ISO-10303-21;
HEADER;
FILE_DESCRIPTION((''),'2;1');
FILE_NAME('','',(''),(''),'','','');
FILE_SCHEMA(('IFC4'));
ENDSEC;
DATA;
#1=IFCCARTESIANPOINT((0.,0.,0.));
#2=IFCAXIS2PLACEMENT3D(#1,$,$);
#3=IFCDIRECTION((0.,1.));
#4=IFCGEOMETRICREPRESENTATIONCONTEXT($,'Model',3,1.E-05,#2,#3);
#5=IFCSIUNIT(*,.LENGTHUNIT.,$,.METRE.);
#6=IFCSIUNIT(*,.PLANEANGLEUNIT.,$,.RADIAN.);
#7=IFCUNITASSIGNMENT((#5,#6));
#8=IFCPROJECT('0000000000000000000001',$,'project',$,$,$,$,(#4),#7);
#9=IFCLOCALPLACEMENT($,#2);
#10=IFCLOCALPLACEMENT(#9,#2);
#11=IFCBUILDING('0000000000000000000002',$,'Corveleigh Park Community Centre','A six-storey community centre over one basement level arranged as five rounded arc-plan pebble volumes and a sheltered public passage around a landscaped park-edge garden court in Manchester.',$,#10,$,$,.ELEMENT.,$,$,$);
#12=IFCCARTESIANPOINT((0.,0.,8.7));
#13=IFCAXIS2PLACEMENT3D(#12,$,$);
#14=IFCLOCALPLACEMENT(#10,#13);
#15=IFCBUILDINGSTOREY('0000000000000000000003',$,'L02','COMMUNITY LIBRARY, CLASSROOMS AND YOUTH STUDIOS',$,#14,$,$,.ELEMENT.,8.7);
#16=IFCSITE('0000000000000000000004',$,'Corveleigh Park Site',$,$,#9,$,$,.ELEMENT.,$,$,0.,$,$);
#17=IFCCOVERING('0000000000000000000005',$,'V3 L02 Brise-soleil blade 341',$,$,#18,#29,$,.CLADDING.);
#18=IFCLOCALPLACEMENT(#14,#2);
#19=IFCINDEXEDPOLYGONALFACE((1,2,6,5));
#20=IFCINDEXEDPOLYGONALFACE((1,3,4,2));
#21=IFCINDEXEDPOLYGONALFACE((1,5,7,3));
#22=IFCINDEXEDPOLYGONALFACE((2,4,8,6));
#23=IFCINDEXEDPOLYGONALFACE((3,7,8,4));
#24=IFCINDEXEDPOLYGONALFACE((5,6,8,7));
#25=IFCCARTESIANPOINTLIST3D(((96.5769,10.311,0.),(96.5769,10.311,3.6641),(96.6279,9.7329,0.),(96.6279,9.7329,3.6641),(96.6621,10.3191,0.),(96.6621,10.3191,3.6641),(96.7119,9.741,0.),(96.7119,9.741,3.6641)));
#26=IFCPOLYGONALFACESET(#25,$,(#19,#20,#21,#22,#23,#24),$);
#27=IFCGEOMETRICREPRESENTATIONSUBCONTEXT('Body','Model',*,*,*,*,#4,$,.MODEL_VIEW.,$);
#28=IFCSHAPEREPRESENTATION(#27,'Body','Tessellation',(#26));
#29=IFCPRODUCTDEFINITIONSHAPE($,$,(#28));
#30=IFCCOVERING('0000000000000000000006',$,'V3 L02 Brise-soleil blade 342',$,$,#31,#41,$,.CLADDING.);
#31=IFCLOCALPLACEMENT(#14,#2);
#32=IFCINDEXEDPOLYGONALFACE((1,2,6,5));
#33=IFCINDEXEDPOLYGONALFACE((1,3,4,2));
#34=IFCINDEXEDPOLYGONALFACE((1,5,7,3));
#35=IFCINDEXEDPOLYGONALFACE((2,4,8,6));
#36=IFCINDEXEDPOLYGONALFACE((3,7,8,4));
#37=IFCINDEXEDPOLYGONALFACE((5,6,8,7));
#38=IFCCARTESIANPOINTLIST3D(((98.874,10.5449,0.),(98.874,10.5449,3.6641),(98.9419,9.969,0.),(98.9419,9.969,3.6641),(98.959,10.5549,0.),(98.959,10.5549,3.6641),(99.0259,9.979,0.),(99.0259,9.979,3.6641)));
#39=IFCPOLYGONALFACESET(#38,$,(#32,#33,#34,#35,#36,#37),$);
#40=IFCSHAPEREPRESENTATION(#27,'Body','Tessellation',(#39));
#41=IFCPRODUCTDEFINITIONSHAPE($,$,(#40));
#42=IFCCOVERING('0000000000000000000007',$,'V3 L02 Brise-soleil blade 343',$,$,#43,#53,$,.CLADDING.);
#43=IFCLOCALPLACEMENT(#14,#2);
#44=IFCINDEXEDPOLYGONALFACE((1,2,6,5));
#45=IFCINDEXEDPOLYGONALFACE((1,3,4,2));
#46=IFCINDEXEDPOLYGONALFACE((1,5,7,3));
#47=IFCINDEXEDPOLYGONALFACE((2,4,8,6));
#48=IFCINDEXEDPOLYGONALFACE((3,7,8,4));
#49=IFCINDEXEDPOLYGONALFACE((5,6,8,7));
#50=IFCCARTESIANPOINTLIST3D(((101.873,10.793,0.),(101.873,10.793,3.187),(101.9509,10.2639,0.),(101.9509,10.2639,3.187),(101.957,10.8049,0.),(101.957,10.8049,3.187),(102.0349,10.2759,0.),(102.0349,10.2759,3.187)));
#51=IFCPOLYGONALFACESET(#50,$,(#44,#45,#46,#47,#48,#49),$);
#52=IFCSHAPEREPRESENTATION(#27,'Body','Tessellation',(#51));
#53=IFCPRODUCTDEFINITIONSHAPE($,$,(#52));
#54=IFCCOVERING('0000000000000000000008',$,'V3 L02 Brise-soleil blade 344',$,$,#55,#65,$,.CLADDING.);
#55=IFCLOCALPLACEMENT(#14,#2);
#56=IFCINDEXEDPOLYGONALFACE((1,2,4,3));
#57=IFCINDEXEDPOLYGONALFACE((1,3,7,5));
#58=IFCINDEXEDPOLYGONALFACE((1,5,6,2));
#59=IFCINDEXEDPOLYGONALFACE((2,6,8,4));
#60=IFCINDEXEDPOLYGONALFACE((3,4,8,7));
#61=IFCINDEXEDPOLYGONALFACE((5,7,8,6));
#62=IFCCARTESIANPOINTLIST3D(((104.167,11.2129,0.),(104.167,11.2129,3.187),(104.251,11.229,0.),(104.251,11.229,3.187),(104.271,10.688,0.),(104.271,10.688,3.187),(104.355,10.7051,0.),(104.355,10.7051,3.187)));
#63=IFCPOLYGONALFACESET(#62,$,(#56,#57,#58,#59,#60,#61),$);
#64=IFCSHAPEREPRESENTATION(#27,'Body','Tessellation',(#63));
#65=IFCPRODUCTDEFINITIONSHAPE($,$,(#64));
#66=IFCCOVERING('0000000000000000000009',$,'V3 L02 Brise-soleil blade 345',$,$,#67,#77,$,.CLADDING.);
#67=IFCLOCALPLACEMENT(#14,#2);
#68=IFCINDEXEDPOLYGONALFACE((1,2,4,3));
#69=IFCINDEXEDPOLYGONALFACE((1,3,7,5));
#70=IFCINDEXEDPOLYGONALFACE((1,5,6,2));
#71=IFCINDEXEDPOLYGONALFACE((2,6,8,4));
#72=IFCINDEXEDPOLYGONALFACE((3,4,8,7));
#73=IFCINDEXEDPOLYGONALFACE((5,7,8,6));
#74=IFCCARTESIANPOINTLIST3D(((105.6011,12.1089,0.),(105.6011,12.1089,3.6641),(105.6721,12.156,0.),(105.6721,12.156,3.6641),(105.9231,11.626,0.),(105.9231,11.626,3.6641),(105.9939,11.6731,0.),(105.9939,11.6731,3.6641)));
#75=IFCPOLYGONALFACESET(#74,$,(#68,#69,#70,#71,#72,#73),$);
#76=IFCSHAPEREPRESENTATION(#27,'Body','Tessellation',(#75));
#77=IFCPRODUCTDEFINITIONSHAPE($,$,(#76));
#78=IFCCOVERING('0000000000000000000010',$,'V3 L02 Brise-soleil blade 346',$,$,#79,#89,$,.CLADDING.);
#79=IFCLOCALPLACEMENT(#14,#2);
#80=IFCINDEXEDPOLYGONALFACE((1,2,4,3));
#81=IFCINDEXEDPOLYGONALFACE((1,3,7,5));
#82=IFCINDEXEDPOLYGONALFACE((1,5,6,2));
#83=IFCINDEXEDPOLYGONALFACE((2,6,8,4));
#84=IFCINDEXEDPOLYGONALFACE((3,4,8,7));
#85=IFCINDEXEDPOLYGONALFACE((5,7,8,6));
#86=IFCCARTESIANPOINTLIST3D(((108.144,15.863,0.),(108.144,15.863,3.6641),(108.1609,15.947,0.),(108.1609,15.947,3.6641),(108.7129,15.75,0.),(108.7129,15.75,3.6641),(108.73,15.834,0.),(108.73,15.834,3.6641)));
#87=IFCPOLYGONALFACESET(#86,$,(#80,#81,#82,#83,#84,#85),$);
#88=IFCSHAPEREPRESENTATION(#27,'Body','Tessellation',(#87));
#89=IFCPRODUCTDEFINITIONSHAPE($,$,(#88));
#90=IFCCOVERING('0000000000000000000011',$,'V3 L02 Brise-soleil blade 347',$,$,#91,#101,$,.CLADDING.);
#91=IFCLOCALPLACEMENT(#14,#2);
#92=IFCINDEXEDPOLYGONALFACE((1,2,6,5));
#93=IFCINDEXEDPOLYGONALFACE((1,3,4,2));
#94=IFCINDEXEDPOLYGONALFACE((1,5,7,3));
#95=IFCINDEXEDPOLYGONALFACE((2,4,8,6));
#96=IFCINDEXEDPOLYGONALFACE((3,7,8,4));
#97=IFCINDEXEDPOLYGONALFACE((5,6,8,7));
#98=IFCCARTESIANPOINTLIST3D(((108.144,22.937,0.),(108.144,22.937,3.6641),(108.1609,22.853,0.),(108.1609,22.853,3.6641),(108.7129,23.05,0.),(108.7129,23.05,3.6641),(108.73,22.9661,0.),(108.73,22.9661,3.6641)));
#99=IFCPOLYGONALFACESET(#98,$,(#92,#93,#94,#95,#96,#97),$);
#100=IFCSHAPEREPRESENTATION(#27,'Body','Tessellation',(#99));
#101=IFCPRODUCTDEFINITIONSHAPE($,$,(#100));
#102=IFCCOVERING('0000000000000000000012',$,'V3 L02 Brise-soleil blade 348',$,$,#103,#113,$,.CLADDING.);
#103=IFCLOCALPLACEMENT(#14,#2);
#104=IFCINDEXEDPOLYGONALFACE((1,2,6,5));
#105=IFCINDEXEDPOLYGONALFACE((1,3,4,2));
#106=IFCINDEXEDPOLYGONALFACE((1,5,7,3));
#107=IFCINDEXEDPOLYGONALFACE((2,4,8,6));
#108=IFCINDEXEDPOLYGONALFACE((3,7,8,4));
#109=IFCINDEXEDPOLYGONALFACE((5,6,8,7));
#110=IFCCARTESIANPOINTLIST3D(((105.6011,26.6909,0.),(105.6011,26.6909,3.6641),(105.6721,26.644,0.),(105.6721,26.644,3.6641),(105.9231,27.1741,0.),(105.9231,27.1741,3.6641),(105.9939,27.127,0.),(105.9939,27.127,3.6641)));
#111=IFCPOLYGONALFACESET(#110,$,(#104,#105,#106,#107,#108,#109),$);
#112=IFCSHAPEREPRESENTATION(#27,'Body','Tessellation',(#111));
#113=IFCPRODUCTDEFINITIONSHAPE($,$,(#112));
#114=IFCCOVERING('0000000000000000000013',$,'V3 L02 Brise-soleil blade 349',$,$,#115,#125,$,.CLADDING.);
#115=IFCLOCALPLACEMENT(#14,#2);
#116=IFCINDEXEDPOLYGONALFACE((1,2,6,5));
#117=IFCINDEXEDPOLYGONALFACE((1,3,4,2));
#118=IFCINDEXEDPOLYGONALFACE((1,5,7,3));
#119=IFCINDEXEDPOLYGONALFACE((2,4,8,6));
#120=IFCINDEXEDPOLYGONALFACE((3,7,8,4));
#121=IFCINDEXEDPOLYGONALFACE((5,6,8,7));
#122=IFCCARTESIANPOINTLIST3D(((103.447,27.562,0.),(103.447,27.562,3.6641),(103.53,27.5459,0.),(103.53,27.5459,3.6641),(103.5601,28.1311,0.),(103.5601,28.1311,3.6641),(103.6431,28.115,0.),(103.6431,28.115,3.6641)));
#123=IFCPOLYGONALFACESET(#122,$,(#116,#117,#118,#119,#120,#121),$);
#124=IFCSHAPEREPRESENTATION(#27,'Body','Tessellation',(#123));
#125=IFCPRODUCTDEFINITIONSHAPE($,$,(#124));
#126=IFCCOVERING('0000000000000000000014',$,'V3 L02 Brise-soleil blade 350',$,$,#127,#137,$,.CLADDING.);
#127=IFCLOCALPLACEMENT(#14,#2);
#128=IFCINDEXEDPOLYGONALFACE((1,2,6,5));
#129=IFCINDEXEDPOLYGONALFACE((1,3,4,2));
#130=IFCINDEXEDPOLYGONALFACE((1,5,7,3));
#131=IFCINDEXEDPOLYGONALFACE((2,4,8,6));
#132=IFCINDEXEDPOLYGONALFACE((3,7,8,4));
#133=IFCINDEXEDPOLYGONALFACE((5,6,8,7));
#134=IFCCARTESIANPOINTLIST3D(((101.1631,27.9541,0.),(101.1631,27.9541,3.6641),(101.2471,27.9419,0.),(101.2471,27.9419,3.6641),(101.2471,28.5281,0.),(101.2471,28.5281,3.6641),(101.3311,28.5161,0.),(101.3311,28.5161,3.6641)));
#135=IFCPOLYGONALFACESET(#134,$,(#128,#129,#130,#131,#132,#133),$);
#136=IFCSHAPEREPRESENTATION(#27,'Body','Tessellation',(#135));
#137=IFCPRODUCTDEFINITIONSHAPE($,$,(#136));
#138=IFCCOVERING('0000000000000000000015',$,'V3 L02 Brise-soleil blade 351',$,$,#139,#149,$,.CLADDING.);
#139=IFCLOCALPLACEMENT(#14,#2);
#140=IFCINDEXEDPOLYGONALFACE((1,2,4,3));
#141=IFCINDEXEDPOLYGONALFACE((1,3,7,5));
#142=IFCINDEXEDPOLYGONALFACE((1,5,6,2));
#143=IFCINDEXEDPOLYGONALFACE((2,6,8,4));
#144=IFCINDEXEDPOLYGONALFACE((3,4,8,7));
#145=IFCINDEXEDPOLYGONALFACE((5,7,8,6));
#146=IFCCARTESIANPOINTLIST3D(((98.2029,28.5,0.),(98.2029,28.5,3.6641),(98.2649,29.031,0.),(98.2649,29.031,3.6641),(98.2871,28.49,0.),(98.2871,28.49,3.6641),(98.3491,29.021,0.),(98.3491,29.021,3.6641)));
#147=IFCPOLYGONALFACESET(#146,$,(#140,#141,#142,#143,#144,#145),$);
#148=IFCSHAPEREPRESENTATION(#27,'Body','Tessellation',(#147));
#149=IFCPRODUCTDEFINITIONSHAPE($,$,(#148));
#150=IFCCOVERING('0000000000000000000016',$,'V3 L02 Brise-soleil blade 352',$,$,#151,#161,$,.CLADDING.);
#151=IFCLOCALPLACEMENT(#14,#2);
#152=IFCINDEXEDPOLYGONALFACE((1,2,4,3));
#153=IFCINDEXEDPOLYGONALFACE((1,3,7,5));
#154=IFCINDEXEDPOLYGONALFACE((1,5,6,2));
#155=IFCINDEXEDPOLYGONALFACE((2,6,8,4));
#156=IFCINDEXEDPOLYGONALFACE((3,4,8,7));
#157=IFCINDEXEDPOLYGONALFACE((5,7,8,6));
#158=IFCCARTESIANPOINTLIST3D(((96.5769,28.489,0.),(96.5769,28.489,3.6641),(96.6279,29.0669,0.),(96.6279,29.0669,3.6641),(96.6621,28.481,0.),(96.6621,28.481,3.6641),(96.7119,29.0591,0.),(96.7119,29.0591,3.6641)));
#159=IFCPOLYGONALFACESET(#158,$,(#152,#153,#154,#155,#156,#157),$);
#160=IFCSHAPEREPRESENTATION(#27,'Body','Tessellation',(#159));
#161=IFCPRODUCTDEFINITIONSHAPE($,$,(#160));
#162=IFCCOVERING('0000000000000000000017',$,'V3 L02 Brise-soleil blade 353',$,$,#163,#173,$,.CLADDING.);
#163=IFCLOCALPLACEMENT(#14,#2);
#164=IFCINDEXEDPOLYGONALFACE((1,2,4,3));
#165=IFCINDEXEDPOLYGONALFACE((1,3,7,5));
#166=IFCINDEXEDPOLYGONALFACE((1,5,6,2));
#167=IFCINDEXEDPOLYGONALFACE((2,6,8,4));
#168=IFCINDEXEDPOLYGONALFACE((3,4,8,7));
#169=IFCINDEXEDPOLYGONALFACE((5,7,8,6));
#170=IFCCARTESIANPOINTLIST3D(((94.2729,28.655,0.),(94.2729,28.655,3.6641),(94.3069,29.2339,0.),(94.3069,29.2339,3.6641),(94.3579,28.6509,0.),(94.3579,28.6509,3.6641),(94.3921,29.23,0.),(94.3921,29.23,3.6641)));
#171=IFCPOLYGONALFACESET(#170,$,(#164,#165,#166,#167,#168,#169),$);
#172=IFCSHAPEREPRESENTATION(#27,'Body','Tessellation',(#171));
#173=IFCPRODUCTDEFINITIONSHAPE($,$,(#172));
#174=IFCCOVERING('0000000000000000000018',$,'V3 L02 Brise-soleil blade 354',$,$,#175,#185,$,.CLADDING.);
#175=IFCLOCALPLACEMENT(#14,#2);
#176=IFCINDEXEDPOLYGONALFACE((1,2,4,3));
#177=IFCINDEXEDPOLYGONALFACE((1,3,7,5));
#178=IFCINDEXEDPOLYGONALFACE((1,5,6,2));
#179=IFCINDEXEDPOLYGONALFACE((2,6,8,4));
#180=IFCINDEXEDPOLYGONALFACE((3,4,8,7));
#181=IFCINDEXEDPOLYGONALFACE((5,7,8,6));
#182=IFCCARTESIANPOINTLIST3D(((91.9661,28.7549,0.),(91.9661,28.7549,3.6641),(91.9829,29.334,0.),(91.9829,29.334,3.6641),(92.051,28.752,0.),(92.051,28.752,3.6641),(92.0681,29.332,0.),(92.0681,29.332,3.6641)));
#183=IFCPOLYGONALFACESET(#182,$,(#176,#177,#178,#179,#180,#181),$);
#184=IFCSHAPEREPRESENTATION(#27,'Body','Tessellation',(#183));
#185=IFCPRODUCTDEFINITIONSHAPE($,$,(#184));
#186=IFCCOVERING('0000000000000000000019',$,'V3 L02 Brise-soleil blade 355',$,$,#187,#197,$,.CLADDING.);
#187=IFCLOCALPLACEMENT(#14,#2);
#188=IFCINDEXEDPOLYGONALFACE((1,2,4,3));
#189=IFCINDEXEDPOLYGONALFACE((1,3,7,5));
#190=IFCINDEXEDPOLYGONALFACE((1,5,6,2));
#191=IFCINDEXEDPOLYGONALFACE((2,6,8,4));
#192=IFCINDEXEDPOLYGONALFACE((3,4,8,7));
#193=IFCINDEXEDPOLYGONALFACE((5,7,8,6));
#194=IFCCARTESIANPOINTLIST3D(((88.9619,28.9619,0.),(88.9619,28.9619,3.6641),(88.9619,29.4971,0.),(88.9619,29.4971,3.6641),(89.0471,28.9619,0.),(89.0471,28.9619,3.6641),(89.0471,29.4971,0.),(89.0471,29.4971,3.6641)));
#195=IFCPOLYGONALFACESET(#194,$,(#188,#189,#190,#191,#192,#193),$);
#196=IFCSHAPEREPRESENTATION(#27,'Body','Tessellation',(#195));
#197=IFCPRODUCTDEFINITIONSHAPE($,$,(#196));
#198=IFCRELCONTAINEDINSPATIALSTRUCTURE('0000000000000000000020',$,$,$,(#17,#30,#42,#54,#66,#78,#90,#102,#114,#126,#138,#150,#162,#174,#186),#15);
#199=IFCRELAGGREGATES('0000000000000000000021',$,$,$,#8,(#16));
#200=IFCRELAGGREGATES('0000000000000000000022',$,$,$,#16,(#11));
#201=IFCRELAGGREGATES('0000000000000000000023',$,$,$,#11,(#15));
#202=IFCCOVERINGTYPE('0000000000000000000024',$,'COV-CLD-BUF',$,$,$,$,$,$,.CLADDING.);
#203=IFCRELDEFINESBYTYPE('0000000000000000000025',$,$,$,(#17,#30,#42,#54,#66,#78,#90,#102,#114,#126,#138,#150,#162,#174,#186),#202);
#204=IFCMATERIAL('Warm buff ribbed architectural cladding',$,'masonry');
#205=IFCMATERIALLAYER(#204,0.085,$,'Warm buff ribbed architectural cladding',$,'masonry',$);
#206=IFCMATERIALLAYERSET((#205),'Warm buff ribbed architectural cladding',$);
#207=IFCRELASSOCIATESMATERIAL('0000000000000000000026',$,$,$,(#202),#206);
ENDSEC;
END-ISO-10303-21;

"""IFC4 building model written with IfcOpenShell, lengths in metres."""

from ifc_helpers import new_model, si_unit, direction, frame, origin, place, context, subcontext, project, spatial, polyline, outline, extrude, material, layer, layer_set, type_object, element, save


model = new_model("IFC4")

# Units and contexts
model_context = context("Model", 3, precision=1e-05, world=origin(), true_north=direction((0.0, 1.0)))
body_context = subcontext(model_context, "Body", "Model", "MODEL_VIEW")
ifc_project = project(units=[si_unit("LENGTHUNIT", "METRE"), si_unit("PLANEANGLEUNIT", "RADIAN")], contexts=[model_context])

# Site, building, storey
site_placement = place(None, origin())
site = spatial("IfcSite", under=ifc_project, at=site_placement, Name="Corveleigh Park Site", CompositionType="ELEMENT", RefElevation=0.0)
building_placement = place(site_placement, origin())
building = spatial("IfcBuilding", under=site, at=building_placement, Name="Corveleigh Park Community Centre", Description="A six-storey community centre over one basement level arranged as five rounded arc-plan pebble volumes and a sheltered public passage around a landscaped park-edge garden court in Manchester.", CompositionType="ELEMENT")
storey_placement = place(building_placement, frame((0.0, 0.0, 8.7)))
storey = spatial("IfcBuildingStorey", under=building, at=storey_placement, Name="L02", Description="COMMUNITY LIBRARY, CLASSROOMS AND YOUTH STUDIOS", CompositionType="ELEMENT", Elevation=8.7)

# Coverings
ifc_material = material(Name="Warm buff ribbed architectural cladding", Category="masonry")
ifc_layer = layer(ifc_material, 0.085, Name="Warm buff ribbed architectural cladding", Category="masonry")
ifc_layer_set = layer_set([ifc_layer], Name="Warm buff ribbed architectural cladding")
covering_type = type_object("IfcCoveringType", Name="COV-CLD-BUF", PredefinedType="CLADDING", material=ifc_layer_set)
covering_1_placement = place(storey_placement, origin())
element("IfcCovering", 1, at=covering_1_placement, inside=storey, type_object=covering_type, Name="V3 L02 Brise-soleil blade 341", PredefinedType="CLADDING", context=body_context, shape_type="SweptSolid", body=[
    extrude(outline(polyline([(96.6621, 10.3191), (96.5769, 10.311), (96.6279, 9.7329), (96.7119, 9.741), (96.6621, 10.3191)])), origin(), (0.0, 0.0, 1.0), 3.6641),
])
covering_2_placement = place(storey_placement, origin())
element("IfcCovering", 2, at=covering_2_placement, inside=storey, type_object=covering_type, Name="V3 L02 Brise-soleil blade 342", PredefinedType="CLADDING", context=body_context, shape_type="SweptSolid", body=[
    extrude(outline(polyline([(98.959, 10.5549), (98.874, 10.5449), (98.9419, 9.969), (99.0259, 9.979), (98.959, 10.5549)])), origin(), (0.0, 0.0, 1.0), 3.6641),
])
covering_3_placement = place(storey_placement, origin())
element("IfcCovering", 3, at=covering_3_placement, inside=storey, type_object=covering_type, Name="V3 L02 Brise-soleil blade 343", PredefinedType="CLADDING", context=body_context, shape_type="SweptSolid", body=[
    extrude(outline(polyline([(101.957, 10.8049), (101.873, 10.793), (101.9509, 10.2639), (102.0349, 10.2759), (101.957, 10.8049)])), origin(), (0.0, 0.0, 1.0), 3.187),
])
covering_4_placement = place(storey_placement, origin())
element("IfcCovering", 4, at=covering_4_placement, inside=storey, type_object=covering_type, Name="V3 L02 Brise-soleil blade 344", PredefinedType="CLADDING", context=body_context, shape_type="SweptSolid", body=[
    extrude(outline(polyline([(104.251, 11.229), (104.167, 11.2129), (104.271, 10.688), (104.355, 10.7051), (104.251, 11.229)])), origin(), (0.0, 0.0, 1.0), 3.187),
])
covering_5_placement = place(storey_placement, origin())
element("IfcCovering", 5, at=covering_5_placement, inside=storey, type_object=covering_type, Name="V3 L02 Brise-soleil blade 345", PredefinedType="CLADDING", context=body_context, shape_type="SweptSolid", body=[
    extrude(outline(polyline([(105.6721, 12.156), (105.6011, 12.1089), (105.9231, 11.626), (105.9939, 11.6731), (105.6721, 12.156)])), origin(), (0.0, 0.0, 1.0), 3.6641),
])
covering_6_placement = place(storey_placement, origin())
element("IfcCovering", 6, at=covering_6_placement, inside=storey, type_object=covering_type, Name="V3 L02 Brise-soleil blade 346", PredefinedType="CLADDING", context=body_context, shape_type="SweptSolid", body=[
    extrude(outline(polyline([(108.1609, 15.947), (108.144, 15.863), (108.7129, 15.75), (108.73, 15.834), (108.1609, 15.947)])), origin(), (0.0, 0.0, 1.0), 3.6641),
])
covering_7_placement = place(storey_placement, origin())
element("IfcCovering", 7, at=covering_7_placement, inside=storey, type_object=covering_type, Name="V3 L02 Brise-soleil blade 347", PredefinedType="CLADDING", context=body_context, shape_type="SweptSolid", body=[
    extrude(outline(polyline([(108.144, 22.937), (108.1609, 22.853), (108.73, 22.9661), (108.7129, 23.05), (108.144, 22.937)])), origin(), (0.0, 0.0, 1.0), 3.6641),
])
covering_8_placement = place(storey_placement, origin())
element("IfcCovering", 8, at=covering_8_placement, inside=storey, type_object=covering_type, Name="V3 L02 Brise-soleil blade 348", PredefinedType="CLADDING", context=body_context, shape_type="SweptSolid", body=[
    extrude(outline(polyline([(105.6011, 26.6909), (105.6721, 26.644), (105.9939, 27.127), (105.9231, 27.1741), (105.6011, 26.6909)])), origin(), (0.0, 0.0, 1.0), 3.6641),
])
covering_9_placement = place(storey_placement, origin())
element("IfcCovering", 9, at=covering_9_placement, inside=storey, type_object=covering_type, Name="V3 L02 Brise-soleil blade 349", PredefinedType="CLADDING", context=body_context, shape_type="SweptSolid", body=[
    extrude(outline(polyline([(103.447, 27.562), (103.53, 27.5459), (103.6431, 28.115), (103.5601, 28.1311), (103.447, 27.562)])), origin(), (0.0, 0.0, 1.0), 3.6641),
])
covering_10_placement = place(storey_placement, origin())
element("IfcCovering", 10, at=covering_10_placement, inside=storey, type_object=covering_type, Name="V3 L02 Brise-soleil blade 350", PredefinedType="CLADDING", context=body_context, shape_type="SweptSolid", body=[
    extrude(outline(polyline([(101.1631, 27.9541), (101.2471, 27.9419), (101.3311, 28.5161), (101.2471, 28.5281), (101.1631, 27.9541)])), origin(), (0.0, 0.0, 1.0), 3.6641),
])
covering_11_placement = place(storey_placement, origin())
element("IfcCovering", 11, at=covering_11_placement, inside=storey, type_object=covering_type, Name="V3 L02 Brise-soleil blade 351", PredefinedType="CLADDING", context=body_context, shape_type="SweptSolid", body=[
    extrude(outline(polyline([(98.2029, 28.5), (98.2871, 28.49), (98.3491, 29.021), (98.2649, 29.031), (98.2029, 28.5)])), origin(), (0.0, 0.0, 1.0), 3.6641),
])
covering_12_placement = place(storey_placement, origin())
element("IfcCovering", 12, at=covering_12_placement, inside=storey, type_object=covering_type, Name="V3 L02 Brise-soleil blade 352", PredefinedType="CLADDING", context=body_context, shape_type="SweptSolid", body=[
    extrude(outline(polyline([(96.5769, 28.489), (96.6621, 28.481), (96.7119, 29.0591), (96.6279, 29.0669), (96.5769, 28.489)])), origin(), (0.0, 0.0, 1.0), 3.6641),
])
covering_13_placement = place(storey_placement, origin())
element("IfcCovering", 13, at=covering_13_placement, inside=storey, type_object=covering_type, Name="V3 L02 Brise-soleil blade 353", PredefinedType="CLADDING", context=body_context, shape_type="SweptSolid", body=[
    extrude(outline(polyline([(94.2729, 28.655), (94.3579, 28.6509), (94.3921, 29.23), (94.3069, 29.2339), (94.2729, 28.655)])), origin(), (0.0, 0.0, 1.0), 3.6641),
])
covering_14_placement = place(storey_placement, origin())
element("IfcCovering", 14, at=covering_14_placement, inside=storey, type_object=covering_type, Name="V3 L02 Brise-soleil blade 354", PredefinedType="CLADDING", context=body_context, shape_type="SweptSolid", body=[
    extrude(outline(polyline([(91.9661, 28.7549), (92.051, 28.752), (92.0681, 29.332), (91.9829, 29.334), (91.9661, 28.7549)])), origin(), (0.0, 0.0, 1.0), 3.6641),
])
covering_15_placement = place(storey_placement, origin())
element("IfcCovering", 15, at=covering_15_placement, inside=storey, type_object=covering_type, Name="V3 L02 Brise-soleil blade 355", PredefinedType="CLADDING", context=body_context, shape_type="SweptSolid", body=[
    extrude(outline(polyline([(88.9619, 28.9619), (89.0471, 28.9619), (89.0471, 29.4971), (88.9619, 29.4971), (88.9619, 28.9619)])), origin(), (0.0, 0.0, 1.0), 3.6641),
])

save(model, "model.ifc")
